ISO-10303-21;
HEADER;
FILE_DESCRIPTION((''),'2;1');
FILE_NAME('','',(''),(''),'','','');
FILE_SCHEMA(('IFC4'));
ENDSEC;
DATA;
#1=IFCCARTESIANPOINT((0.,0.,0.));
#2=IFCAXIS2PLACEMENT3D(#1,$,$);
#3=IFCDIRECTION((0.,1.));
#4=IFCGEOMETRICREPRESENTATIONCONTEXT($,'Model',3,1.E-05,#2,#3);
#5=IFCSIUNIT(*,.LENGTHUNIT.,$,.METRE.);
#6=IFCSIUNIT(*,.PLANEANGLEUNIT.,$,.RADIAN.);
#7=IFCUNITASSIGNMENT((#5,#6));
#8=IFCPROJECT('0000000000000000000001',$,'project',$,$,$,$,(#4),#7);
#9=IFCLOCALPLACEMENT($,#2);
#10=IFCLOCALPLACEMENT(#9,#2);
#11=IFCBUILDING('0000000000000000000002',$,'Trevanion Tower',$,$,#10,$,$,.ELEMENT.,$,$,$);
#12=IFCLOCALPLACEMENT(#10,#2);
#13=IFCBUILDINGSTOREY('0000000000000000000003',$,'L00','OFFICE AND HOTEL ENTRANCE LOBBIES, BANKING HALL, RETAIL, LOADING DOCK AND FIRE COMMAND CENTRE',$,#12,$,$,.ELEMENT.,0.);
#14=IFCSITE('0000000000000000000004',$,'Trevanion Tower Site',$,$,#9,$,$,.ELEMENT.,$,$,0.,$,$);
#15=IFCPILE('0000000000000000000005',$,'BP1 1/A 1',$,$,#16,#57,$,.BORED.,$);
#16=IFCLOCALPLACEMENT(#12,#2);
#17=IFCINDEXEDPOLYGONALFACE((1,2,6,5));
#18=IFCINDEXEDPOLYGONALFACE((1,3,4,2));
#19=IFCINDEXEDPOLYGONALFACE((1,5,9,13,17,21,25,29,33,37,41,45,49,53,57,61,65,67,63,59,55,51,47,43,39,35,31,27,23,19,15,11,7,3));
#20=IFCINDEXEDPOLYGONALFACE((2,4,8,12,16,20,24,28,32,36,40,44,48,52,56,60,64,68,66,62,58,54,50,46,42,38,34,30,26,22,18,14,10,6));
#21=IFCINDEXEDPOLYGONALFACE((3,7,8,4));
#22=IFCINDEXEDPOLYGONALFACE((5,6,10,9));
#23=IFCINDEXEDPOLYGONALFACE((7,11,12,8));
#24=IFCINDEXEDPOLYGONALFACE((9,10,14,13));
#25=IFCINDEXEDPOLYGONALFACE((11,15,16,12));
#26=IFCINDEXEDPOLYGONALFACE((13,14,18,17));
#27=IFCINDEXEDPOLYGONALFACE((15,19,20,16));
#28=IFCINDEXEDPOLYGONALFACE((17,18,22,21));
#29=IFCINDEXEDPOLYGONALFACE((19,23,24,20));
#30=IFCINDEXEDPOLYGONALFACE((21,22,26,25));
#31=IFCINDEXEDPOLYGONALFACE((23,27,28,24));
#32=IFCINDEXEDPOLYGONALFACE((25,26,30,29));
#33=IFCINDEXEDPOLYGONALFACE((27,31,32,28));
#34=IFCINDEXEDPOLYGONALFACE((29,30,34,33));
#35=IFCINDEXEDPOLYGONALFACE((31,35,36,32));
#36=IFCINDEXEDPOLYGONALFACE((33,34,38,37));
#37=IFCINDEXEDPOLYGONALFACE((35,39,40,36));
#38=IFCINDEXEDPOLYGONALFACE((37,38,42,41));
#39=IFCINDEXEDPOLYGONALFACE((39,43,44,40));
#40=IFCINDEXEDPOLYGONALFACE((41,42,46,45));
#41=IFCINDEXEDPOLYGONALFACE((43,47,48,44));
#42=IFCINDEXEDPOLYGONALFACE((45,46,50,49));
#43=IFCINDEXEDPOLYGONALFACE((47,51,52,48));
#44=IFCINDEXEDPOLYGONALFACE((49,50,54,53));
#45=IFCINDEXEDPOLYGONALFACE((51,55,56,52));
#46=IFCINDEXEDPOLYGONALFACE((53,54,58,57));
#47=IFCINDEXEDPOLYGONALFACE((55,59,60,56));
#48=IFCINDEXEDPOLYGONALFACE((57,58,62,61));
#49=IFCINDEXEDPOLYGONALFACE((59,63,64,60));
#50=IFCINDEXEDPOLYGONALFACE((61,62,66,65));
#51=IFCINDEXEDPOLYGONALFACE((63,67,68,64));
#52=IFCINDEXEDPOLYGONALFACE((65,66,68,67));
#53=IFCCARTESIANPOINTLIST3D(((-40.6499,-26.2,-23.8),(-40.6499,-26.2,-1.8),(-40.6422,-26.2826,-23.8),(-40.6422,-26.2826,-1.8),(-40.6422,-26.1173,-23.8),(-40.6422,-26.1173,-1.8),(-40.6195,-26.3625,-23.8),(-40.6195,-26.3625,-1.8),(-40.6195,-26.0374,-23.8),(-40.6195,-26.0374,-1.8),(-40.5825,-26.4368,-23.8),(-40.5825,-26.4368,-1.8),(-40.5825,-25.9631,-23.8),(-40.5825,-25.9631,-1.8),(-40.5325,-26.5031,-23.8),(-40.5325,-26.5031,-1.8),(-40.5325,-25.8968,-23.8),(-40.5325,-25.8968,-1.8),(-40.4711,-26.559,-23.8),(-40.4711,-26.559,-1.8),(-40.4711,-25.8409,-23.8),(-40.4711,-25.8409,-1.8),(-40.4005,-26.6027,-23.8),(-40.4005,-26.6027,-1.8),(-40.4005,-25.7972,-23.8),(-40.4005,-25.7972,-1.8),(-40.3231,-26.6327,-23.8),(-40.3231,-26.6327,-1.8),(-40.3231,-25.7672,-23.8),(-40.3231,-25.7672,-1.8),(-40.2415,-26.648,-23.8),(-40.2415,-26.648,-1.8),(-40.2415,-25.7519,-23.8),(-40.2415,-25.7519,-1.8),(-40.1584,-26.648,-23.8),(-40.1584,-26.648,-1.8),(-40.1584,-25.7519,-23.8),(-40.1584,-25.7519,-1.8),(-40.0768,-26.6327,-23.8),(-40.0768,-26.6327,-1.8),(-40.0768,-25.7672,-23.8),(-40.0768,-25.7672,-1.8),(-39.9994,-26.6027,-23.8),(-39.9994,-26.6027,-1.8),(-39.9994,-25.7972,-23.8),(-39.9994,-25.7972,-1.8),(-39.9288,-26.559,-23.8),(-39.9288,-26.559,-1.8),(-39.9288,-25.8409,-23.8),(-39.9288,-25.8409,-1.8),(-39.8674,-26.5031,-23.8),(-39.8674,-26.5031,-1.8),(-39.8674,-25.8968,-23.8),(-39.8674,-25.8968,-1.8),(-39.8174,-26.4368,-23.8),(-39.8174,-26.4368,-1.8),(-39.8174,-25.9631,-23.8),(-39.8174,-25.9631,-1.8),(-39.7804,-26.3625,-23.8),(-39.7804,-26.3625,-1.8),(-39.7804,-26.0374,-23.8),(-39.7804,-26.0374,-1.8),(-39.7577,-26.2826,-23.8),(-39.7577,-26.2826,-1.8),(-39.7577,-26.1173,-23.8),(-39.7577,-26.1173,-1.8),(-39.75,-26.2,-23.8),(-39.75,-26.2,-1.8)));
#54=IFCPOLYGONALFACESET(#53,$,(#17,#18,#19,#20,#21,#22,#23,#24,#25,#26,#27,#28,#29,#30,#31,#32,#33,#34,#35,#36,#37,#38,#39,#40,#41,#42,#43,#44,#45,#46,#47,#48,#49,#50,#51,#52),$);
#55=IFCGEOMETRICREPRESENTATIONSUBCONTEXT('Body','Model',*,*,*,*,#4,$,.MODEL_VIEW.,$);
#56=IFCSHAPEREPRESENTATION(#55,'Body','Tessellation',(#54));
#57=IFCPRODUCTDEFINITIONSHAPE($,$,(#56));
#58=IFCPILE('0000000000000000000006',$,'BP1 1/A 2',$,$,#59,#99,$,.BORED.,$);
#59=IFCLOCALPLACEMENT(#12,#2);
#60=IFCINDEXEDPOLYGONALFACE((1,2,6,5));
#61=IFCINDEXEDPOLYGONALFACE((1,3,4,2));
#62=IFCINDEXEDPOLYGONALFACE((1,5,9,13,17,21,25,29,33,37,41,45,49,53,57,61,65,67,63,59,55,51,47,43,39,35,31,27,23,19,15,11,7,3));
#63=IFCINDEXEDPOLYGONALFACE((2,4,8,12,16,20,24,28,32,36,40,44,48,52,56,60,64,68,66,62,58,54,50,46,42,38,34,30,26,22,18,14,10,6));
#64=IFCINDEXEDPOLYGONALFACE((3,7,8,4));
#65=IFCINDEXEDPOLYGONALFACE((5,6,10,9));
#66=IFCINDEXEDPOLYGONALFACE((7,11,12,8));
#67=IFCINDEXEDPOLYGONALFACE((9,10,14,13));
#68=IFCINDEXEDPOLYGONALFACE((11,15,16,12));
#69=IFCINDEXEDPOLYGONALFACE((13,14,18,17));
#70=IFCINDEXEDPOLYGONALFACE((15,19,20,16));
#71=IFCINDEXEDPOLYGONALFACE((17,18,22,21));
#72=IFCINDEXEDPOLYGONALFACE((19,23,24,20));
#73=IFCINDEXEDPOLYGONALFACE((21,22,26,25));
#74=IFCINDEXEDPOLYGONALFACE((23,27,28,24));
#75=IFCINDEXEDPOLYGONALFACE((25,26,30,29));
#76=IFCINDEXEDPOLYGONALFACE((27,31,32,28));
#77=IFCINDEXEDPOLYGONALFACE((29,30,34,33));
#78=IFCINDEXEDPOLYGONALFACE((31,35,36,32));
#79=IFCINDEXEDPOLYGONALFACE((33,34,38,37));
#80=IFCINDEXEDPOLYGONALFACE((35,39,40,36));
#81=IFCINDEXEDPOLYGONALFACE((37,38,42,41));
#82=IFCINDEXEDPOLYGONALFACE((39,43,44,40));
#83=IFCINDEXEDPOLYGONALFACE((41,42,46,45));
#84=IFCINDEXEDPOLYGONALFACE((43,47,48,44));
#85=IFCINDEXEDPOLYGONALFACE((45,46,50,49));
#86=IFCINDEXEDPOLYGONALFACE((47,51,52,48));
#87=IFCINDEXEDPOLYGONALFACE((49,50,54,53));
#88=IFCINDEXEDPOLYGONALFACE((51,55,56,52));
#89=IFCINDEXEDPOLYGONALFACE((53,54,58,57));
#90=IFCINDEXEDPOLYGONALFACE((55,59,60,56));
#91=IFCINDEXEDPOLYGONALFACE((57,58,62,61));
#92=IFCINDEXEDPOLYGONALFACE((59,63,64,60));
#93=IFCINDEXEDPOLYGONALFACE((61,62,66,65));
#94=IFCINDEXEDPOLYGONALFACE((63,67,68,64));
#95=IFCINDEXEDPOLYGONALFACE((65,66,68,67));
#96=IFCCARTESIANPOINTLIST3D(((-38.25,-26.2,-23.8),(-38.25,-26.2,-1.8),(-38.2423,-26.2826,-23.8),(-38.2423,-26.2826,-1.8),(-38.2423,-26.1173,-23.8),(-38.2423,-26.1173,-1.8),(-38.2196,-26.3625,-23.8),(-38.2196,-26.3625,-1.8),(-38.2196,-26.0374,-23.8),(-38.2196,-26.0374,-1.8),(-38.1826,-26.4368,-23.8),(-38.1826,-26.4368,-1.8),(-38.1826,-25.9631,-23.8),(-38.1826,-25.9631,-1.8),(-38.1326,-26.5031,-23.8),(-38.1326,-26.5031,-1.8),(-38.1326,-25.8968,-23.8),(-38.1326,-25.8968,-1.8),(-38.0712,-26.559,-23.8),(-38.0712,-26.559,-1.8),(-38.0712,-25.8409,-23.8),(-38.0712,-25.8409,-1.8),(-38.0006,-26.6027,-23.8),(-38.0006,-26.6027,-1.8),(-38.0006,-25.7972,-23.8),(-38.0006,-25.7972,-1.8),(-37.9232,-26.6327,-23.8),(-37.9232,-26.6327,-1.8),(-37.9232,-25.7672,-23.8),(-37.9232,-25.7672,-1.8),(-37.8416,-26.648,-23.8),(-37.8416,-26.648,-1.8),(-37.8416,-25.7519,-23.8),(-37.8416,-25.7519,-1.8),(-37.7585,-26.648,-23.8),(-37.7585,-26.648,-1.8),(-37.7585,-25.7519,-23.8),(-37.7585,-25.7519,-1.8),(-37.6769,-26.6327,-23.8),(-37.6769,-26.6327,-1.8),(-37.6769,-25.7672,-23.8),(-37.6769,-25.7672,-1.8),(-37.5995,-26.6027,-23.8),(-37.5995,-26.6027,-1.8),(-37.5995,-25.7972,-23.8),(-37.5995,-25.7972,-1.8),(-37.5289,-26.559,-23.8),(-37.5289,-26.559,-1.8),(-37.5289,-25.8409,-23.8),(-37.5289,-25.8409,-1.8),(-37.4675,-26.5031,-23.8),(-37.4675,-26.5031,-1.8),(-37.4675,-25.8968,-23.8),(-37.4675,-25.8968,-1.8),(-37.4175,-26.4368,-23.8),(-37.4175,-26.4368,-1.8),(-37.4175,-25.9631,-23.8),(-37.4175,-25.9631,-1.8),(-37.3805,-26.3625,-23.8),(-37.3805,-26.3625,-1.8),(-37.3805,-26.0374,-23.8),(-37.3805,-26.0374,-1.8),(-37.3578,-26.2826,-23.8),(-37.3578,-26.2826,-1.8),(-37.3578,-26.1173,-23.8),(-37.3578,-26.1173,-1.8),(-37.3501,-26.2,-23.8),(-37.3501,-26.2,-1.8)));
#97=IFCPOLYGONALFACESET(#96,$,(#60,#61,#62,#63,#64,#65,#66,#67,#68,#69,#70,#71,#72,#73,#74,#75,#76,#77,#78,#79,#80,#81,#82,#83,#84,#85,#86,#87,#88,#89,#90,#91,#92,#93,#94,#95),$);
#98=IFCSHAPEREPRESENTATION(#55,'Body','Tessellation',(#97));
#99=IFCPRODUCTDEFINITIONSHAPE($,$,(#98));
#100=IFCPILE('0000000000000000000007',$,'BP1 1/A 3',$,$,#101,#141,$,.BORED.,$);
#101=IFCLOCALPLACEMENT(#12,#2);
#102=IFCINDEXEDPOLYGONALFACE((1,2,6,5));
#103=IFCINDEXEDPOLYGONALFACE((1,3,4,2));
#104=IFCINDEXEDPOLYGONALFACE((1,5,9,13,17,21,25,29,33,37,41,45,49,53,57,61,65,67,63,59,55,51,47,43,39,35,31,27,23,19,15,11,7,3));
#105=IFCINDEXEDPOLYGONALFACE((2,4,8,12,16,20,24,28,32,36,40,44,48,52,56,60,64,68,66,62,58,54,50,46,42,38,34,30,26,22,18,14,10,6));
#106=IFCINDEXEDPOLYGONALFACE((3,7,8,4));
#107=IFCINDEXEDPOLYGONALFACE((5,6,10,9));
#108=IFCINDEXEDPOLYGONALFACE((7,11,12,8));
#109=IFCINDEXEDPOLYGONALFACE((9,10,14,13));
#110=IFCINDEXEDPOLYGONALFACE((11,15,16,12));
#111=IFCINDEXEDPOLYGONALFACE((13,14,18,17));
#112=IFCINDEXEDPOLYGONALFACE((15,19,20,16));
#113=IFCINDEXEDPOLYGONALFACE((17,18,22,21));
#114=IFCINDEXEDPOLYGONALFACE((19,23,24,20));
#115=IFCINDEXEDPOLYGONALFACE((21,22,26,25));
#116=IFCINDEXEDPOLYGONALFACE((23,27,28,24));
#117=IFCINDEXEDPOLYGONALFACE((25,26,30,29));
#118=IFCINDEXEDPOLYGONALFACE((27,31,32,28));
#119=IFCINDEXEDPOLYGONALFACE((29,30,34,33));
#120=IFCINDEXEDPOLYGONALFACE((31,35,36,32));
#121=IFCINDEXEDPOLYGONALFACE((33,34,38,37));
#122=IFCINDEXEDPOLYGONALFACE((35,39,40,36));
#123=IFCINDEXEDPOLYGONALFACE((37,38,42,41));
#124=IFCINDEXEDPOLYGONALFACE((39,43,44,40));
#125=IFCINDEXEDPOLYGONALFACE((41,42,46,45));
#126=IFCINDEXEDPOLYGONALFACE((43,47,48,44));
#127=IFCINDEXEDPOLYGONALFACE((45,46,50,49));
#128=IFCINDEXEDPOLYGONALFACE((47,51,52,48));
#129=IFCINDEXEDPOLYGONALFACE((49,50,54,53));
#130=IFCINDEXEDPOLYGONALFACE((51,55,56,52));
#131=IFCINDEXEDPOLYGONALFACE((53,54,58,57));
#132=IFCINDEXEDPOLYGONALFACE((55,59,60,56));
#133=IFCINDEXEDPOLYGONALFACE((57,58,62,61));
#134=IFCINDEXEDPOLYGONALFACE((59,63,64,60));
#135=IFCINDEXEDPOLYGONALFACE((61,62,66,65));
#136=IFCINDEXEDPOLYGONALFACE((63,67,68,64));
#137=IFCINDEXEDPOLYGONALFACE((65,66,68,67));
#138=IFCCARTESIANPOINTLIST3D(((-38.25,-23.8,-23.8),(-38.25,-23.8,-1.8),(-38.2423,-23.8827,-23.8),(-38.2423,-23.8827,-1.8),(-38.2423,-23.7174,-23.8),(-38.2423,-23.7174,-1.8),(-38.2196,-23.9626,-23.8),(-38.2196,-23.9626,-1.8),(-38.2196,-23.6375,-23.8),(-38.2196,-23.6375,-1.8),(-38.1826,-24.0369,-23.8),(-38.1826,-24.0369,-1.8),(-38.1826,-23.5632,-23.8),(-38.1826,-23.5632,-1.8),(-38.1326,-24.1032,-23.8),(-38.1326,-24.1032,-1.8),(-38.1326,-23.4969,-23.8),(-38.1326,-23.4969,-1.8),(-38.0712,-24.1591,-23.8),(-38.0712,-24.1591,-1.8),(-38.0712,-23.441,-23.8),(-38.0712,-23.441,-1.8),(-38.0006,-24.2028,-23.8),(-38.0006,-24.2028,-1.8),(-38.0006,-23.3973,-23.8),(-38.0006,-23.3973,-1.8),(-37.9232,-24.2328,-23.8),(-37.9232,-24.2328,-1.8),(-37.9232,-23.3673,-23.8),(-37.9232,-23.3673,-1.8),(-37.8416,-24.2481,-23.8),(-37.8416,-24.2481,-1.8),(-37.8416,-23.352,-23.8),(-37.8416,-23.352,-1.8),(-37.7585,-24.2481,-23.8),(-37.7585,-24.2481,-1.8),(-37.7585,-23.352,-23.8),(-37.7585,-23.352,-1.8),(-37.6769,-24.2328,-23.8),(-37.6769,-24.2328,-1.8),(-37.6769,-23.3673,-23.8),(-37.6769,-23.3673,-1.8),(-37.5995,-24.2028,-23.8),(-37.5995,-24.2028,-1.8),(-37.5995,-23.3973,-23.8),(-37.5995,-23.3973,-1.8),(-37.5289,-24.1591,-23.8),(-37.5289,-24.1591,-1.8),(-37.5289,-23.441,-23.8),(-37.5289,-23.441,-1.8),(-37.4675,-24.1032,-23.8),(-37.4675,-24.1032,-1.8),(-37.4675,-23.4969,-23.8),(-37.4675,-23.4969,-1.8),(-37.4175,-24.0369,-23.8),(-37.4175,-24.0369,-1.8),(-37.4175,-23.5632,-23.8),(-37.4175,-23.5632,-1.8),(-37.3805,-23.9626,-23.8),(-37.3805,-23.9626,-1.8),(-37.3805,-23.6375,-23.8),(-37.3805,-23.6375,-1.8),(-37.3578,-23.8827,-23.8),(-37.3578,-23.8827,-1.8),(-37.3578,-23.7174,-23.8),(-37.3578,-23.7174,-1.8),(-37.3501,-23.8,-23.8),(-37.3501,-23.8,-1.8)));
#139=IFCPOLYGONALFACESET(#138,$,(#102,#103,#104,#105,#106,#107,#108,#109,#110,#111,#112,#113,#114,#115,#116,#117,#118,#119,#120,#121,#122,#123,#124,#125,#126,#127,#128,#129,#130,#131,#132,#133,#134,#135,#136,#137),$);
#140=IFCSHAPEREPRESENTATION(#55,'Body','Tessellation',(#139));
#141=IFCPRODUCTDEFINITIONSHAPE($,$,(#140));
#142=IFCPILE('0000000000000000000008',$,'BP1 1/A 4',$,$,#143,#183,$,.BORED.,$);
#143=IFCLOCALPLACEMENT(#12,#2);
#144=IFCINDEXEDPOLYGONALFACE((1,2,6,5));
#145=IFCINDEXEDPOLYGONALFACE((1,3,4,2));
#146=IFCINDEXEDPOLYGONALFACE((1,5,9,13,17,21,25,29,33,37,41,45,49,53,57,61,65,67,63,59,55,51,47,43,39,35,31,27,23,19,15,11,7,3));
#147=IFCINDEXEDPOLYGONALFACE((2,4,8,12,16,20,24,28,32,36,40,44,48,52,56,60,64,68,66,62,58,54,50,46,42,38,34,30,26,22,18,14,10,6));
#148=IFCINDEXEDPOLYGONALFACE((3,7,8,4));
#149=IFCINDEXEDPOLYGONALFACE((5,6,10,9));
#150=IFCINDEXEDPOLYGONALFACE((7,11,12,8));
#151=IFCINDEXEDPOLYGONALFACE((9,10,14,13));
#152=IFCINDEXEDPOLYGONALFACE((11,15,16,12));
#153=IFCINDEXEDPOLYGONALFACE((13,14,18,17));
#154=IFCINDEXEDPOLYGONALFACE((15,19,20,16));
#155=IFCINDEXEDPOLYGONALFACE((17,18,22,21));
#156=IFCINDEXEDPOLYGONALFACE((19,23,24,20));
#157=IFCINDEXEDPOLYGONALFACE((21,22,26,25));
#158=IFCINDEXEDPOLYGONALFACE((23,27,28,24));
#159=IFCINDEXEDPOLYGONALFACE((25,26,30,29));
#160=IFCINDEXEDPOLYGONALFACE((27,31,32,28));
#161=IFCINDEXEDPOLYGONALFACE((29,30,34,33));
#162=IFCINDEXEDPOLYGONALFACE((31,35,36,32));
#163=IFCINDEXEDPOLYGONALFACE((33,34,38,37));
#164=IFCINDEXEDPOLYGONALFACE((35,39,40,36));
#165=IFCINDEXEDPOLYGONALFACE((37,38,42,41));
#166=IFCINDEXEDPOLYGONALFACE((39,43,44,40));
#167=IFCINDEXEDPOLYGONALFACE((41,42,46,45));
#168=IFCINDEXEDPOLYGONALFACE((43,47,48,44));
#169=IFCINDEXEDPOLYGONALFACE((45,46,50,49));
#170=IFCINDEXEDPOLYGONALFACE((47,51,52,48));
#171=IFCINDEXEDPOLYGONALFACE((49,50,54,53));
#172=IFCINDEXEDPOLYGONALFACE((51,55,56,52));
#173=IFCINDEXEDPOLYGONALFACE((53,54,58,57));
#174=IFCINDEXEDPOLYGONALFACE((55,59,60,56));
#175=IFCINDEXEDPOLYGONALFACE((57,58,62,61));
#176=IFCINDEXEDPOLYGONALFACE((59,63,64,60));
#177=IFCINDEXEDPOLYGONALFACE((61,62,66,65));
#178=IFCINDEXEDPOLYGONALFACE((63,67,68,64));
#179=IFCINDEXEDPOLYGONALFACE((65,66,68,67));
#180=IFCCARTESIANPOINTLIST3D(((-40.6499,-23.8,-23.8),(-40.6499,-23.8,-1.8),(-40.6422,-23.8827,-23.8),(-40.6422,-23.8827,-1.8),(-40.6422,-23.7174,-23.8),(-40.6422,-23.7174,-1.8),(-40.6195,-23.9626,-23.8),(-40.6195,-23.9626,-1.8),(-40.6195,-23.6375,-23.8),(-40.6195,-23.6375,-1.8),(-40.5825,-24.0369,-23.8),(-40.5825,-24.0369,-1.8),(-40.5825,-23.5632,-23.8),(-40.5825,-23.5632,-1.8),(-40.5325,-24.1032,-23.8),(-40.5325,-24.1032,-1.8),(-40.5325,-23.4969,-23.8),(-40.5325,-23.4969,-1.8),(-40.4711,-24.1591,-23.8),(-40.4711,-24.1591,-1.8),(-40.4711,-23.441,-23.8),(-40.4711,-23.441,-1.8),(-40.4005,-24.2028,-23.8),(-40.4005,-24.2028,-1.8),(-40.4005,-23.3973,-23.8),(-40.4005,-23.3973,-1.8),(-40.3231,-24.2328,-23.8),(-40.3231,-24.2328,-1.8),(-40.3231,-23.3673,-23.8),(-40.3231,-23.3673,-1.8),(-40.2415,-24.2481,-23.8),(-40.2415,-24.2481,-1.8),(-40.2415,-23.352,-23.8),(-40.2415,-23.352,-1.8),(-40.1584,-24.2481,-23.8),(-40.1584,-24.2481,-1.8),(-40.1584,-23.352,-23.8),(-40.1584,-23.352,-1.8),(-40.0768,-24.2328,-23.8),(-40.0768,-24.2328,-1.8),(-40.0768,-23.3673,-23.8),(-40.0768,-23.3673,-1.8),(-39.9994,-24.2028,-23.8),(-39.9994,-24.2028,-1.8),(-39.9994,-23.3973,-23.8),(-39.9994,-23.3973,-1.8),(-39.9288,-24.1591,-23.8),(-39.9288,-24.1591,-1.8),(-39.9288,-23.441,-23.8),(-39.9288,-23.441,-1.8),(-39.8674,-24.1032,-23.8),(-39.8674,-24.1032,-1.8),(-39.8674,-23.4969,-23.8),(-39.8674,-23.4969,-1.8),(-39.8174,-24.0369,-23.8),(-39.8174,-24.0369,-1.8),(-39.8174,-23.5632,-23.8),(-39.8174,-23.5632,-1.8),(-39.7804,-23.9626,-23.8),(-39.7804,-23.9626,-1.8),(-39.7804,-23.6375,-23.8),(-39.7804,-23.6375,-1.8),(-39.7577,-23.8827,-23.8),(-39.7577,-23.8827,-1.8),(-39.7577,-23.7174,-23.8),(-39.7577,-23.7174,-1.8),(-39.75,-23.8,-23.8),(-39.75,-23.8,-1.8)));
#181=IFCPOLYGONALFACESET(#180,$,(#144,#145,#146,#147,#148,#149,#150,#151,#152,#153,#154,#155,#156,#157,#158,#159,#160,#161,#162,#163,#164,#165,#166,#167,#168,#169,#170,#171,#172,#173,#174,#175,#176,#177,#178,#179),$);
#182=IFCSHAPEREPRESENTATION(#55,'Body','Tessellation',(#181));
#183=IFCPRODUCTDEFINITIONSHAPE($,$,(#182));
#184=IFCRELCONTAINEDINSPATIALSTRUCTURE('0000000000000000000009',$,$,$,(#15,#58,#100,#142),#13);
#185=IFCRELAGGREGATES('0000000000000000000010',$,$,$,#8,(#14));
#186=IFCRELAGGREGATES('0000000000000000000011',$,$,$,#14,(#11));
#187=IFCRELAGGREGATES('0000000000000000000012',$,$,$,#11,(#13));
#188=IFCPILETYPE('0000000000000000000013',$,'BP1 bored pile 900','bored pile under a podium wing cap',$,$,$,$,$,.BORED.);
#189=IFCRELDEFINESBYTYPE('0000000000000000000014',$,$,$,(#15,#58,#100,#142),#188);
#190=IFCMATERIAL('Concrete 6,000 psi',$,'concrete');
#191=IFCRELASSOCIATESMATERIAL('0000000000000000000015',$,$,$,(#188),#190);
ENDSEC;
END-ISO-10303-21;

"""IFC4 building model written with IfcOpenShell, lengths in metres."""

from ifc_helpers import new_model, si_unit, direction, frame, origin, origin_2d, place, context, subcontext, project, spatial, circle, extrude, material, material_profile, profile_set, type_object, element, save


model = new_model("IFC4")

# Units and contexts
model_context = context("Model", 3, precision=1e-05, world=origin(), true_north=direction((0.0, 1.0)))
body_context = subcontext(model_context, "Body", "Model", "MODEL_VIEW")
ifc_project = project(units=[si_unit("LENGTHUNIT", "METRE"), si_unit("PLANEANGLEUNIT", "RADIAN")], contexts=[model_context])

# Site, building, storey
site_placement = place(None, origin())
site = spatial("IfcSite", under=ifc_project, at=site_placement, Name="Trevanion Tower Site", CompositionType="ELEMENT", RefElevation=0.0)
building_placement = place(site_placement, origin())
building = spatial("IfcBuilding", under=site, at=building_placement, Name="Trevanion Tower", CompositionType="ELEMENT")
storey_placement = place(building_placement, origin())
storey = spatial("IfcBuildingStorey", under=building, at=storey_placement, Name="L00", Description="OFFICE AND HOTEL ENTRANCE LOBBIES, BANKING HALL, RETAIL, LOADING DOCK AND FIRE COMMAND CENTRE", CompositionType="ELEMENT", Elevation=0.0)

# Piles
ifc_material_1 = material(Name="Concrete 6,000 psi", Category="concrete")
ifc_material_profile_1 = material_profile(ifc_material_1, circle(Radius=0.45, at=origin_2d()), Name="BP1 bored pile 900")
ifc_profile_set_1 = profile_set([ifc_material_profile_1], Name="Concrete 6,000 psi")
pile_type = type_object("IfcPileType", Name="BP1 bored pile 900", Description="bored pile under a podium wing cap", PredefinedType="BORED", material=ifc_profile_set_1)
for number, where, z_axis, x_axis, name in (
    (1, (-40.2, -26.2, -1.8), (0.0, 0.0, -1.0), (1.0, 0.0, 0.0), "BP1 1/A 1"),
    (2, (-37.8, -26.2, -1.8), (0.0, 0.0, -1.0), (1.0, 0.0, 0.0), "BP1 1/A 2"),
    (3, (-37.8, -23.8, -1.8), (0.0, 0.0, -1.0), (1.0, 0.0, 0.0), "BP1 1/A 3"),
    (4, (-40.2, -23.8, -1.8), (0.0, 0.0, -1.0), (1.0, 0.0, 0.0), "BP1 1/A 4"),
):
    element("IfcPile", number, at=place(storey_placement, frame(where, z_axis=z_axis, x_axis=x_axis)), inside=storey, type_object=pile_type, Name=name, PredefinedType="BORED", context=body_context, shape_type="SweptSolid", body=[
        extrude(circle(Radius=0.45, at=origin_2d()), origin(), (0.0, 0.0, 1.0), 22.0),
    ])

save(model, "model.ifc")
